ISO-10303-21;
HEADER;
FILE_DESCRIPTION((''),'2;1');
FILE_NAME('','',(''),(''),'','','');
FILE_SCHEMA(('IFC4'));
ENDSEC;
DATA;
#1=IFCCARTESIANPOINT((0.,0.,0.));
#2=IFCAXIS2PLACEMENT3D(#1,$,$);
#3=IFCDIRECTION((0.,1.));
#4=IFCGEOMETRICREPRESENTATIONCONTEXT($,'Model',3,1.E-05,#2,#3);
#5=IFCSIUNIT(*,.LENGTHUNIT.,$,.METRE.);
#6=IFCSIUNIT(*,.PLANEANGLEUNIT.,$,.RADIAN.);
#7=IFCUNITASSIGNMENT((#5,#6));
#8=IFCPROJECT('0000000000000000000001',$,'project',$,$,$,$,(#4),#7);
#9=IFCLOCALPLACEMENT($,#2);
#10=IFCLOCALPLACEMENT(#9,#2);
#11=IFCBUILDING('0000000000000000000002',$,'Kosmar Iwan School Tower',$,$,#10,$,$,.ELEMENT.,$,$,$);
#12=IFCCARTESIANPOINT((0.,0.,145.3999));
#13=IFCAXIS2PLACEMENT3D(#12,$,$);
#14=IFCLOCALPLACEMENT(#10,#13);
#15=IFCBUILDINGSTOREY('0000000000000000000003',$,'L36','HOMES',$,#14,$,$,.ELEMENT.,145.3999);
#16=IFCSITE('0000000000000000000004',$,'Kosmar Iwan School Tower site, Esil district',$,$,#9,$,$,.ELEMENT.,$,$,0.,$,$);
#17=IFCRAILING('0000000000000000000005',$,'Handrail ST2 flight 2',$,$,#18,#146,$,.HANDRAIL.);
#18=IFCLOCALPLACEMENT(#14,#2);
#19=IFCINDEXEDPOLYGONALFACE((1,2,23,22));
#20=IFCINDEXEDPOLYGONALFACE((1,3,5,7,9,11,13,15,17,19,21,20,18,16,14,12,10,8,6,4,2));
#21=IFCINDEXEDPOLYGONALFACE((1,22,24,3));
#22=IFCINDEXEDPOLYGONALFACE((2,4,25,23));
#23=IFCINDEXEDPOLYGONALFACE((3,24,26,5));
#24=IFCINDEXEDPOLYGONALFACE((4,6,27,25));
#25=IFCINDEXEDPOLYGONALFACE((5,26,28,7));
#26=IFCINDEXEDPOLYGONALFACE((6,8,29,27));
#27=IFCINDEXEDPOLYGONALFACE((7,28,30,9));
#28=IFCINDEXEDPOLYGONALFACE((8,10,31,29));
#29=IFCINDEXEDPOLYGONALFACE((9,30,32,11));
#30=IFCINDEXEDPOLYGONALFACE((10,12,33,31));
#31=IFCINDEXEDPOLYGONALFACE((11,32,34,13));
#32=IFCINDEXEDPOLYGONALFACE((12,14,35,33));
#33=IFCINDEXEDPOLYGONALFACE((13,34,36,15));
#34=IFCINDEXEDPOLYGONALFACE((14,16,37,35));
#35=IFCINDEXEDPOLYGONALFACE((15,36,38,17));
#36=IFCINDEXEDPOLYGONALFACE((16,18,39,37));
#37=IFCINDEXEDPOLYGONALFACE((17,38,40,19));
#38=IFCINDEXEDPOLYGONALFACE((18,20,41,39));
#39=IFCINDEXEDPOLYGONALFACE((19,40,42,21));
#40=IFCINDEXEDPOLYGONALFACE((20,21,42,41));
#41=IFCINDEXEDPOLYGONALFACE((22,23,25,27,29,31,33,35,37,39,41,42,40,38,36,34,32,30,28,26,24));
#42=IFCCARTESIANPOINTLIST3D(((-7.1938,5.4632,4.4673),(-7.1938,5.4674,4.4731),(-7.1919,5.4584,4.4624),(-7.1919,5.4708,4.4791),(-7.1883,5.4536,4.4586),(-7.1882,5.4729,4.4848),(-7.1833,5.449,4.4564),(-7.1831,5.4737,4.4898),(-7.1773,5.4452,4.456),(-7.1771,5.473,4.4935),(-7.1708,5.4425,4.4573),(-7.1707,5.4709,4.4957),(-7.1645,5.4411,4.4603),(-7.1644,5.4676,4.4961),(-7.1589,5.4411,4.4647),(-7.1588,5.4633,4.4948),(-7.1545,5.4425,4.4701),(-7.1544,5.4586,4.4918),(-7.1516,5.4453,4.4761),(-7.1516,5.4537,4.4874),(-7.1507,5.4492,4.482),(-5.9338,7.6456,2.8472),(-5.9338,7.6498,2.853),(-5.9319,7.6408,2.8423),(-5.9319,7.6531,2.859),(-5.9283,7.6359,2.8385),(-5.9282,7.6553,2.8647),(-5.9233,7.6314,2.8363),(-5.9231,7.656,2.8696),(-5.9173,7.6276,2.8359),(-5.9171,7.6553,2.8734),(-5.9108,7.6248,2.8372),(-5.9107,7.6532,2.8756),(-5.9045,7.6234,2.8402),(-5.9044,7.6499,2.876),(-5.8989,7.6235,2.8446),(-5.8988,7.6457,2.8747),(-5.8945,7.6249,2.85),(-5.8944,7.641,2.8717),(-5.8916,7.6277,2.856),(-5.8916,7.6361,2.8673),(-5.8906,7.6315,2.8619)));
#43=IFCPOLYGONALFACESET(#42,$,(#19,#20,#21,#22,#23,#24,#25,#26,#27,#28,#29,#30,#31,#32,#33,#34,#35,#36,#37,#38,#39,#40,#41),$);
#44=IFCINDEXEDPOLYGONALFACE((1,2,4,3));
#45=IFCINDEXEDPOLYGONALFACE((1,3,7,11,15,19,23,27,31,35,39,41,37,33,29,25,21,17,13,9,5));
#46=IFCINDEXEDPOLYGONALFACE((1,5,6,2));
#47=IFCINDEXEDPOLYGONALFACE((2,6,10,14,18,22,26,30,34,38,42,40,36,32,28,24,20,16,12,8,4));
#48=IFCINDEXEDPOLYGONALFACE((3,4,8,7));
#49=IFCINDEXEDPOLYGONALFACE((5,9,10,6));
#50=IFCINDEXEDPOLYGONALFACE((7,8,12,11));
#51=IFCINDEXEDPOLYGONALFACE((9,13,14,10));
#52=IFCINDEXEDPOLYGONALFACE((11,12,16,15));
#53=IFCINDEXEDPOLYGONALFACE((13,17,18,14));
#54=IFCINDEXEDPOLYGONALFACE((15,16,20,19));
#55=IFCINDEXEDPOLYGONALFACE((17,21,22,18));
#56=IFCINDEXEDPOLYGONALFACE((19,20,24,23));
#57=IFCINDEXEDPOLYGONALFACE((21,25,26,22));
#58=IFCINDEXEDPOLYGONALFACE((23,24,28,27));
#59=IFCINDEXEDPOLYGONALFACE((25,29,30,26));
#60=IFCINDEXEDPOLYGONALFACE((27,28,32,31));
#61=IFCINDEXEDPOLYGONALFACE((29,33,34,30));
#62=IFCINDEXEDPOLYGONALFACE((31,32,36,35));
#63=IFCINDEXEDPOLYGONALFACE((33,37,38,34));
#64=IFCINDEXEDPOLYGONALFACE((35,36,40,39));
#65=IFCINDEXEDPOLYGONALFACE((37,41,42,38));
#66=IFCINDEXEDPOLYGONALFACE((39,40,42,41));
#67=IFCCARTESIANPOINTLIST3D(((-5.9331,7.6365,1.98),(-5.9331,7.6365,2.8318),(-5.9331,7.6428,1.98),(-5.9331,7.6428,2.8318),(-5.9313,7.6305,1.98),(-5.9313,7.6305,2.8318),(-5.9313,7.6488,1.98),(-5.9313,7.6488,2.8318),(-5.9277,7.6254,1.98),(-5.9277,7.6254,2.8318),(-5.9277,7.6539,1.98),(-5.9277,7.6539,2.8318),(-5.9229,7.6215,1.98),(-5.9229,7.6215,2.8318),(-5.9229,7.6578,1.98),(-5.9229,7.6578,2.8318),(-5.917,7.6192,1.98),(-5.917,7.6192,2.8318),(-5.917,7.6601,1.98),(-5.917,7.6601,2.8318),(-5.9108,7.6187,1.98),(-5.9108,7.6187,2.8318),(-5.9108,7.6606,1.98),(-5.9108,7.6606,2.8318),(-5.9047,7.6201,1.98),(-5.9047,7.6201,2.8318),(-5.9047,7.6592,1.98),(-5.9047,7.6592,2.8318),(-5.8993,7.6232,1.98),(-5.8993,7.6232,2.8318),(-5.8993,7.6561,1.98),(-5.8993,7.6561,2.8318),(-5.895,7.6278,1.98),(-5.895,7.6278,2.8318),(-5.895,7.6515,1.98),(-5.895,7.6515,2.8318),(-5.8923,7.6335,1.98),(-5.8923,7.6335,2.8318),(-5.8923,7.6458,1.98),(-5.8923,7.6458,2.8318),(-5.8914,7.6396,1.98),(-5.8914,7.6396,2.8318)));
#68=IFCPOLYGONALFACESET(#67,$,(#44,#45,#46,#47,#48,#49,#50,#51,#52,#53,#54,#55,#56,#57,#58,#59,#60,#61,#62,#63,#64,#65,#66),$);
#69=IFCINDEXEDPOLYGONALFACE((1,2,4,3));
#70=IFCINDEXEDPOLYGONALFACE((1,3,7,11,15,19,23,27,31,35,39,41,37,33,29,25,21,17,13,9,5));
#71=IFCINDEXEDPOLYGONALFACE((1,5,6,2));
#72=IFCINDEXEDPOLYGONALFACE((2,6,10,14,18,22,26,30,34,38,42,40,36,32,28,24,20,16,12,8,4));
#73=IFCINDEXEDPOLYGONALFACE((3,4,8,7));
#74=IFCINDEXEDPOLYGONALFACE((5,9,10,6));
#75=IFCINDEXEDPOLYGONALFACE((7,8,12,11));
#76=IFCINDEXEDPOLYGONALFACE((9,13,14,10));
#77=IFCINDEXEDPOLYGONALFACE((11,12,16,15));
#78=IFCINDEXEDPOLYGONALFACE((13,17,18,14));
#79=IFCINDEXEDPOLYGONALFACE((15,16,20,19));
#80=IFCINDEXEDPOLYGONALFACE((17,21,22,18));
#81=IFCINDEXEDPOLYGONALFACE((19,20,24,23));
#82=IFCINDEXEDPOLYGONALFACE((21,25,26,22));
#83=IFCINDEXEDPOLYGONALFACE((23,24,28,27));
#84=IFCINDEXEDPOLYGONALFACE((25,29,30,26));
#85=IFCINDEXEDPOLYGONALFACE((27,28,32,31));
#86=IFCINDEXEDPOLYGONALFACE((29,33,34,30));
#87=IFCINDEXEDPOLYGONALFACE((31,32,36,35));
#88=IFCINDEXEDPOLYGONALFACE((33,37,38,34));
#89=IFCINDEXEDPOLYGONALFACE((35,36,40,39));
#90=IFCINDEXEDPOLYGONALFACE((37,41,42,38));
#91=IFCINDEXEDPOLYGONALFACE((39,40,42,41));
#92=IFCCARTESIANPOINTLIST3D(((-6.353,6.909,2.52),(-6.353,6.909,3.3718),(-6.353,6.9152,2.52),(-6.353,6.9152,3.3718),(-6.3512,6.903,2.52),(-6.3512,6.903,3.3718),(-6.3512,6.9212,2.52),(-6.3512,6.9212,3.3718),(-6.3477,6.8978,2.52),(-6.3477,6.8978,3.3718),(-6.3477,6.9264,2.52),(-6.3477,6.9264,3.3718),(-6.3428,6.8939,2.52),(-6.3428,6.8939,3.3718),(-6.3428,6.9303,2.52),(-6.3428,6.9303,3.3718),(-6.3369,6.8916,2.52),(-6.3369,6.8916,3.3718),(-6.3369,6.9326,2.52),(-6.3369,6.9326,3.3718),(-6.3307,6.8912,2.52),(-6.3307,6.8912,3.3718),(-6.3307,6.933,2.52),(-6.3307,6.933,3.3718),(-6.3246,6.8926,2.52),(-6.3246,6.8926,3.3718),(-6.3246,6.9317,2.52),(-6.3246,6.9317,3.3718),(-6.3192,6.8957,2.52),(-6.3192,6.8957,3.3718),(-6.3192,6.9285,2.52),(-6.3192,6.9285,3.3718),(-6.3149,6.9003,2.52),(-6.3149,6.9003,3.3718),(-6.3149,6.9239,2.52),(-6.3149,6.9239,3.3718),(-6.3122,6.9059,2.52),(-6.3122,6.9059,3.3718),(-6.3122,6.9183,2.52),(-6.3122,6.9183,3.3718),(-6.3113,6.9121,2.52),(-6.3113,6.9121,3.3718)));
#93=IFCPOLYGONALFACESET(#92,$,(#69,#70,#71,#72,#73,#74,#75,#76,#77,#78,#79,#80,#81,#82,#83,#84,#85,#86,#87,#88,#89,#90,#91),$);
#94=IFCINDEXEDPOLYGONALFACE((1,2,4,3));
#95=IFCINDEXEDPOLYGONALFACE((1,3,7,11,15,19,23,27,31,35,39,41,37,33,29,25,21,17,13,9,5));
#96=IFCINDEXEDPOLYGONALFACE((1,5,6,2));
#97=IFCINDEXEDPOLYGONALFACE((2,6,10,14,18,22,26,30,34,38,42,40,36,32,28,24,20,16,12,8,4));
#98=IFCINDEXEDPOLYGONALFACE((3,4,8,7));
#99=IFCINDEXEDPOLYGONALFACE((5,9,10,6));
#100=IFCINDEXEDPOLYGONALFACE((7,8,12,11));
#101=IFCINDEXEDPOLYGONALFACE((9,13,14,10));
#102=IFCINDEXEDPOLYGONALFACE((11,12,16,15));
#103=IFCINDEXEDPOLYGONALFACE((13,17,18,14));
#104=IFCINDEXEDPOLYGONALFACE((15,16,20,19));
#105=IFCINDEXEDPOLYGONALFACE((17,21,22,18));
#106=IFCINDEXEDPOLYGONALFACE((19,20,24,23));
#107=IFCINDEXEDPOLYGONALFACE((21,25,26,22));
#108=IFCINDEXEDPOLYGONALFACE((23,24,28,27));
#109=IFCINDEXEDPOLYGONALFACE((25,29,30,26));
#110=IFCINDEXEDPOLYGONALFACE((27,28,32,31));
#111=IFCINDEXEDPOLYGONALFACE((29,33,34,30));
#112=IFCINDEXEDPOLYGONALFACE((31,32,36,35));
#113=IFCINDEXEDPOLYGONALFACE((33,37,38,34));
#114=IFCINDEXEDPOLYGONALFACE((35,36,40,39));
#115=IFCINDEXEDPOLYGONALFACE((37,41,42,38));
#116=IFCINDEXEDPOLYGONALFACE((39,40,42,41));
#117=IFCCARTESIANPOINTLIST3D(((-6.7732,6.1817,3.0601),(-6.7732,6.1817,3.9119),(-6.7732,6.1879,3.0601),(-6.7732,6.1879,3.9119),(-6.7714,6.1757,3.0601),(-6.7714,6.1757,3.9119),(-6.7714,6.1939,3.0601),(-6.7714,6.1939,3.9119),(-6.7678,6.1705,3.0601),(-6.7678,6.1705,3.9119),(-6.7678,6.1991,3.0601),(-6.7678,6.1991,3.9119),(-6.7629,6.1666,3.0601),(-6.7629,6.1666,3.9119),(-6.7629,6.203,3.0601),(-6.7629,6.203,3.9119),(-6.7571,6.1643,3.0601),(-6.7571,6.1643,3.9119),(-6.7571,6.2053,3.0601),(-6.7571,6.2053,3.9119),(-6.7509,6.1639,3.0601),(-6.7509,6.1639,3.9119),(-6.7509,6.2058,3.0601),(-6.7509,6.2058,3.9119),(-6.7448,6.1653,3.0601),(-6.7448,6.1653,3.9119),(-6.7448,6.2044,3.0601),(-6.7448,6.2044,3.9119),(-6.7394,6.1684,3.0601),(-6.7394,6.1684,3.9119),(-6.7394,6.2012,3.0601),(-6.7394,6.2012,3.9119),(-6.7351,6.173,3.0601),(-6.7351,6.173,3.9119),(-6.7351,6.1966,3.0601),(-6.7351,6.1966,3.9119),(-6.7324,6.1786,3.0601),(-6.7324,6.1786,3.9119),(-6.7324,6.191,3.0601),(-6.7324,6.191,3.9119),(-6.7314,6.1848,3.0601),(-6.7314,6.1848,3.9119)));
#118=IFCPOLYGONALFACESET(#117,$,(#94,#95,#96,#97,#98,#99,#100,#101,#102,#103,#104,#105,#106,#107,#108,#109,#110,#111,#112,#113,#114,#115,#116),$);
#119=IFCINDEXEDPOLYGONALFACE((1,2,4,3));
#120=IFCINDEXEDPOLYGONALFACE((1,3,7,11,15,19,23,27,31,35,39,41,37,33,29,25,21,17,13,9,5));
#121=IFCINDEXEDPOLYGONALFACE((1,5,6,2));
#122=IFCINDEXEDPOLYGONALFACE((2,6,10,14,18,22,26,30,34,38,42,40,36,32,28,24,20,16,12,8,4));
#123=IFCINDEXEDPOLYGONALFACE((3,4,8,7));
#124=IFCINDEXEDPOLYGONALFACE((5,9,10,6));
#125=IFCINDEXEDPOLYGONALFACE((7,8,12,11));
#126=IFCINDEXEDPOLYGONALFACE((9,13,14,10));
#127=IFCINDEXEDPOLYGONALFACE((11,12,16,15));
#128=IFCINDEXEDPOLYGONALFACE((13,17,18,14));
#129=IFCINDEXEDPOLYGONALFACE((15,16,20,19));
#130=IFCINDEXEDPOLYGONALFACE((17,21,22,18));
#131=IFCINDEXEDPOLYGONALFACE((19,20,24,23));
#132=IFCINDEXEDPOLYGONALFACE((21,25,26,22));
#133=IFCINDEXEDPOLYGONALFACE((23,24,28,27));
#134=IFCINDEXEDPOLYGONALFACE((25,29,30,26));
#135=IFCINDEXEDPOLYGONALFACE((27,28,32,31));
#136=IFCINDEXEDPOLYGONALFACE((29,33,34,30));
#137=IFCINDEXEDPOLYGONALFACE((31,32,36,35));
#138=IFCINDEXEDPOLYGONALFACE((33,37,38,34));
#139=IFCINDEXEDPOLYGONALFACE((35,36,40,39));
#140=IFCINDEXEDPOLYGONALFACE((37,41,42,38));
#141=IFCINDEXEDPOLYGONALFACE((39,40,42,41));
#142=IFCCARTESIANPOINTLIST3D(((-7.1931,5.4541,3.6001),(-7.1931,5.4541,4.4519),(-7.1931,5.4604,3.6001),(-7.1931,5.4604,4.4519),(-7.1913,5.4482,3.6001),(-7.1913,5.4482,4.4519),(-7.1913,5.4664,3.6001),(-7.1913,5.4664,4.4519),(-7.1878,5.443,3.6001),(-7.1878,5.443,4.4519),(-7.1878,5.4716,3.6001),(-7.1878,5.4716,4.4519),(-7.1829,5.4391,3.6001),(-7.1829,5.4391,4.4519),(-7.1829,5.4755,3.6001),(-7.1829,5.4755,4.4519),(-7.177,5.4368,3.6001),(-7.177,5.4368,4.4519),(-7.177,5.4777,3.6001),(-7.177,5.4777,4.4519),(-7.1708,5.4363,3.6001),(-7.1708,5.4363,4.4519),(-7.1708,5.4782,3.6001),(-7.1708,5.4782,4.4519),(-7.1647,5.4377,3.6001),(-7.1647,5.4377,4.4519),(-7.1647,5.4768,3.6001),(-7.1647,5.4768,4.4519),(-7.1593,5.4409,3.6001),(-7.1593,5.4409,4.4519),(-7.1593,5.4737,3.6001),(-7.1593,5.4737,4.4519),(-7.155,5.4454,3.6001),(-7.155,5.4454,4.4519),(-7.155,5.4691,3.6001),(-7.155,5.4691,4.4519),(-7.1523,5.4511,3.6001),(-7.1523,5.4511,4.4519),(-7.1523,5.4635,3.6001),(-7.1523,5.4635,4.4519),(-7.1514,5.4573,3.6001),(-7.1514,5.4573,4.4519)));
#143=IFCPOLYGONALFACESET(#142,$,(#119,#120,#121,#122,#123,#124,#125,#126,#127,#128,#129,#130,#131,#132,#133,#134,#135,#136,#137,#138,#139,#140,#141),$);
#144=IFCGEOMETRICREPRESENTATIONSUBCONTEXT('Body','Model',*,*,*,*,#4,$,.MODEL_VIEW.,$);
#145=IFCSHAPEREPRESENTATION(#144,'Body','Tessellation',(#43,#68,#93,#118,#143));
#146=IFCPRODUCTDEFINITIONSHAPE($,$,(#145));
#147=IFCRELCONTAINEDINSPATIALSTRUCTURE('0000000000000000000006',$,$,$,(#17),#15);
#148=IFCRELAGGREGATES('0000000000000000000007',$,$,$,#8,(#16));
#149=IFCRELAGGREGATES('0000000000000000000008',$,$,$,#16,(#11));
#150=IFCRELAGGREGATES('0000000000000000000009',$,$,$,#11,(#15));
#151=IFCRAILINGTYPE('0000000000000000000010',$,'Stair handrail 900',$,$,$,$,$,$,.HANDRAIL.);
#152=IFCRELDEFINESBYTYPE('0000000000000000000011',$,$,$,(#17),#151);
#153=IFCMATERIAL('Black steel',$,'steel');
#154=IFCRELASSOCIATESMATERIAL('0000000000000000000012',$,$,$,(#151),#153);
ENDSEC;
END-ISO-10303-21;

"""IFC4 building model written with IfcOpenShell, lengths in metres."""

from ifc_helpers import new_model, si_unit, direction, frame, origin, origin_2d, place, context, subcontext, project, spatial, circle, extrude, material, type_object, element, save


model = new_model("IFC4")

# Units and contexts
model_context = context("Model", 3, precision=1e-05, world=origin(), true_north=direction((0.0, 1.0)))
body_context = subcontext(model_context, "Body", "Model", "MODEL_VIEW")
ifc_project = project(units=[si_unit("LENGTHUNIT", "METRE"), si_unit("PLANEANGLEUNIT", "RADIAN")], contexts=[model_context])

# Site, building, storey
site_placement = place(None, origin())
site = spatial("IfcSite", under=ifc_project, at=site_placement, Name="Kosmar Iwan School Tower site, Esil district", CompositionType="ELEMENT", RefElevation=0.0)
building_placement = place(site_placement, origin())
building = spatial("IfcBuilding", under=site, at=building_placement, Name="Kosmar Iwan School Tower", CompositionType="ELEMENT")
storey_placement = place(building_placement, frame((0.0, 0.0, 145.3999)))
storey = spatial("IfcBuildingStorey", under=building, at=storey_placement, Name="L36", Description="HOMES", CompositionType="ELEMENT", Elevation=145.3999)

# Railing
ifc_material_1 = material(Name="Black steel", Category="steel")
railing_type = type_object("IfcRailingType", Name="Stair handrail 900", PredefinedType="HANDRAIL", material=ifc_material_1)
railing_1_placement = place(storey_placement, frame((-5.9124, 7.6396, 1.98)))
element("IfcRailing", 1, at=railing_1_placement, inside=storey, type_object=railing_type, Name="Handrail ST2 flight 2", PredefinedType="HANDRAIL", context=body_context, shape_type="SweptSolid", body=[
    extrude(circle(Radius=0.0239, at=origin_2d()), frame((0.0, 0.0, 0.876), z_axis=(-0.420584, -0.728464, 0.540786), x_axis=(0.866023, -0.500005, 0.0)), (0.0, 0.0, 1.0), 2.9958),
    extrude(circle(Radius=0.021, at=origin_2d()), origin(), (0.0, 0.0, 1.0), 0.8518),
    extrude(circle(Radius=0.021, at=origin_2d()), frame((-0.4199, -0.7275, 0.54)), (0.0, 0.0, 1.0), 0.8518),
    extrude(circle(Radius=0.021, at=origin_2d()), frame((-0.8401, -1.4548, 1.0801)), (0.0, 0.0, 1.0), 0.8518),
    extrude(circle(Radius=0.021, at=origin_2d()), frame((-1.26, -2.1824, 1.6201)), (0.0, 0.0, 1.0), 0.8518),
])

save(model, "model.ifc")
